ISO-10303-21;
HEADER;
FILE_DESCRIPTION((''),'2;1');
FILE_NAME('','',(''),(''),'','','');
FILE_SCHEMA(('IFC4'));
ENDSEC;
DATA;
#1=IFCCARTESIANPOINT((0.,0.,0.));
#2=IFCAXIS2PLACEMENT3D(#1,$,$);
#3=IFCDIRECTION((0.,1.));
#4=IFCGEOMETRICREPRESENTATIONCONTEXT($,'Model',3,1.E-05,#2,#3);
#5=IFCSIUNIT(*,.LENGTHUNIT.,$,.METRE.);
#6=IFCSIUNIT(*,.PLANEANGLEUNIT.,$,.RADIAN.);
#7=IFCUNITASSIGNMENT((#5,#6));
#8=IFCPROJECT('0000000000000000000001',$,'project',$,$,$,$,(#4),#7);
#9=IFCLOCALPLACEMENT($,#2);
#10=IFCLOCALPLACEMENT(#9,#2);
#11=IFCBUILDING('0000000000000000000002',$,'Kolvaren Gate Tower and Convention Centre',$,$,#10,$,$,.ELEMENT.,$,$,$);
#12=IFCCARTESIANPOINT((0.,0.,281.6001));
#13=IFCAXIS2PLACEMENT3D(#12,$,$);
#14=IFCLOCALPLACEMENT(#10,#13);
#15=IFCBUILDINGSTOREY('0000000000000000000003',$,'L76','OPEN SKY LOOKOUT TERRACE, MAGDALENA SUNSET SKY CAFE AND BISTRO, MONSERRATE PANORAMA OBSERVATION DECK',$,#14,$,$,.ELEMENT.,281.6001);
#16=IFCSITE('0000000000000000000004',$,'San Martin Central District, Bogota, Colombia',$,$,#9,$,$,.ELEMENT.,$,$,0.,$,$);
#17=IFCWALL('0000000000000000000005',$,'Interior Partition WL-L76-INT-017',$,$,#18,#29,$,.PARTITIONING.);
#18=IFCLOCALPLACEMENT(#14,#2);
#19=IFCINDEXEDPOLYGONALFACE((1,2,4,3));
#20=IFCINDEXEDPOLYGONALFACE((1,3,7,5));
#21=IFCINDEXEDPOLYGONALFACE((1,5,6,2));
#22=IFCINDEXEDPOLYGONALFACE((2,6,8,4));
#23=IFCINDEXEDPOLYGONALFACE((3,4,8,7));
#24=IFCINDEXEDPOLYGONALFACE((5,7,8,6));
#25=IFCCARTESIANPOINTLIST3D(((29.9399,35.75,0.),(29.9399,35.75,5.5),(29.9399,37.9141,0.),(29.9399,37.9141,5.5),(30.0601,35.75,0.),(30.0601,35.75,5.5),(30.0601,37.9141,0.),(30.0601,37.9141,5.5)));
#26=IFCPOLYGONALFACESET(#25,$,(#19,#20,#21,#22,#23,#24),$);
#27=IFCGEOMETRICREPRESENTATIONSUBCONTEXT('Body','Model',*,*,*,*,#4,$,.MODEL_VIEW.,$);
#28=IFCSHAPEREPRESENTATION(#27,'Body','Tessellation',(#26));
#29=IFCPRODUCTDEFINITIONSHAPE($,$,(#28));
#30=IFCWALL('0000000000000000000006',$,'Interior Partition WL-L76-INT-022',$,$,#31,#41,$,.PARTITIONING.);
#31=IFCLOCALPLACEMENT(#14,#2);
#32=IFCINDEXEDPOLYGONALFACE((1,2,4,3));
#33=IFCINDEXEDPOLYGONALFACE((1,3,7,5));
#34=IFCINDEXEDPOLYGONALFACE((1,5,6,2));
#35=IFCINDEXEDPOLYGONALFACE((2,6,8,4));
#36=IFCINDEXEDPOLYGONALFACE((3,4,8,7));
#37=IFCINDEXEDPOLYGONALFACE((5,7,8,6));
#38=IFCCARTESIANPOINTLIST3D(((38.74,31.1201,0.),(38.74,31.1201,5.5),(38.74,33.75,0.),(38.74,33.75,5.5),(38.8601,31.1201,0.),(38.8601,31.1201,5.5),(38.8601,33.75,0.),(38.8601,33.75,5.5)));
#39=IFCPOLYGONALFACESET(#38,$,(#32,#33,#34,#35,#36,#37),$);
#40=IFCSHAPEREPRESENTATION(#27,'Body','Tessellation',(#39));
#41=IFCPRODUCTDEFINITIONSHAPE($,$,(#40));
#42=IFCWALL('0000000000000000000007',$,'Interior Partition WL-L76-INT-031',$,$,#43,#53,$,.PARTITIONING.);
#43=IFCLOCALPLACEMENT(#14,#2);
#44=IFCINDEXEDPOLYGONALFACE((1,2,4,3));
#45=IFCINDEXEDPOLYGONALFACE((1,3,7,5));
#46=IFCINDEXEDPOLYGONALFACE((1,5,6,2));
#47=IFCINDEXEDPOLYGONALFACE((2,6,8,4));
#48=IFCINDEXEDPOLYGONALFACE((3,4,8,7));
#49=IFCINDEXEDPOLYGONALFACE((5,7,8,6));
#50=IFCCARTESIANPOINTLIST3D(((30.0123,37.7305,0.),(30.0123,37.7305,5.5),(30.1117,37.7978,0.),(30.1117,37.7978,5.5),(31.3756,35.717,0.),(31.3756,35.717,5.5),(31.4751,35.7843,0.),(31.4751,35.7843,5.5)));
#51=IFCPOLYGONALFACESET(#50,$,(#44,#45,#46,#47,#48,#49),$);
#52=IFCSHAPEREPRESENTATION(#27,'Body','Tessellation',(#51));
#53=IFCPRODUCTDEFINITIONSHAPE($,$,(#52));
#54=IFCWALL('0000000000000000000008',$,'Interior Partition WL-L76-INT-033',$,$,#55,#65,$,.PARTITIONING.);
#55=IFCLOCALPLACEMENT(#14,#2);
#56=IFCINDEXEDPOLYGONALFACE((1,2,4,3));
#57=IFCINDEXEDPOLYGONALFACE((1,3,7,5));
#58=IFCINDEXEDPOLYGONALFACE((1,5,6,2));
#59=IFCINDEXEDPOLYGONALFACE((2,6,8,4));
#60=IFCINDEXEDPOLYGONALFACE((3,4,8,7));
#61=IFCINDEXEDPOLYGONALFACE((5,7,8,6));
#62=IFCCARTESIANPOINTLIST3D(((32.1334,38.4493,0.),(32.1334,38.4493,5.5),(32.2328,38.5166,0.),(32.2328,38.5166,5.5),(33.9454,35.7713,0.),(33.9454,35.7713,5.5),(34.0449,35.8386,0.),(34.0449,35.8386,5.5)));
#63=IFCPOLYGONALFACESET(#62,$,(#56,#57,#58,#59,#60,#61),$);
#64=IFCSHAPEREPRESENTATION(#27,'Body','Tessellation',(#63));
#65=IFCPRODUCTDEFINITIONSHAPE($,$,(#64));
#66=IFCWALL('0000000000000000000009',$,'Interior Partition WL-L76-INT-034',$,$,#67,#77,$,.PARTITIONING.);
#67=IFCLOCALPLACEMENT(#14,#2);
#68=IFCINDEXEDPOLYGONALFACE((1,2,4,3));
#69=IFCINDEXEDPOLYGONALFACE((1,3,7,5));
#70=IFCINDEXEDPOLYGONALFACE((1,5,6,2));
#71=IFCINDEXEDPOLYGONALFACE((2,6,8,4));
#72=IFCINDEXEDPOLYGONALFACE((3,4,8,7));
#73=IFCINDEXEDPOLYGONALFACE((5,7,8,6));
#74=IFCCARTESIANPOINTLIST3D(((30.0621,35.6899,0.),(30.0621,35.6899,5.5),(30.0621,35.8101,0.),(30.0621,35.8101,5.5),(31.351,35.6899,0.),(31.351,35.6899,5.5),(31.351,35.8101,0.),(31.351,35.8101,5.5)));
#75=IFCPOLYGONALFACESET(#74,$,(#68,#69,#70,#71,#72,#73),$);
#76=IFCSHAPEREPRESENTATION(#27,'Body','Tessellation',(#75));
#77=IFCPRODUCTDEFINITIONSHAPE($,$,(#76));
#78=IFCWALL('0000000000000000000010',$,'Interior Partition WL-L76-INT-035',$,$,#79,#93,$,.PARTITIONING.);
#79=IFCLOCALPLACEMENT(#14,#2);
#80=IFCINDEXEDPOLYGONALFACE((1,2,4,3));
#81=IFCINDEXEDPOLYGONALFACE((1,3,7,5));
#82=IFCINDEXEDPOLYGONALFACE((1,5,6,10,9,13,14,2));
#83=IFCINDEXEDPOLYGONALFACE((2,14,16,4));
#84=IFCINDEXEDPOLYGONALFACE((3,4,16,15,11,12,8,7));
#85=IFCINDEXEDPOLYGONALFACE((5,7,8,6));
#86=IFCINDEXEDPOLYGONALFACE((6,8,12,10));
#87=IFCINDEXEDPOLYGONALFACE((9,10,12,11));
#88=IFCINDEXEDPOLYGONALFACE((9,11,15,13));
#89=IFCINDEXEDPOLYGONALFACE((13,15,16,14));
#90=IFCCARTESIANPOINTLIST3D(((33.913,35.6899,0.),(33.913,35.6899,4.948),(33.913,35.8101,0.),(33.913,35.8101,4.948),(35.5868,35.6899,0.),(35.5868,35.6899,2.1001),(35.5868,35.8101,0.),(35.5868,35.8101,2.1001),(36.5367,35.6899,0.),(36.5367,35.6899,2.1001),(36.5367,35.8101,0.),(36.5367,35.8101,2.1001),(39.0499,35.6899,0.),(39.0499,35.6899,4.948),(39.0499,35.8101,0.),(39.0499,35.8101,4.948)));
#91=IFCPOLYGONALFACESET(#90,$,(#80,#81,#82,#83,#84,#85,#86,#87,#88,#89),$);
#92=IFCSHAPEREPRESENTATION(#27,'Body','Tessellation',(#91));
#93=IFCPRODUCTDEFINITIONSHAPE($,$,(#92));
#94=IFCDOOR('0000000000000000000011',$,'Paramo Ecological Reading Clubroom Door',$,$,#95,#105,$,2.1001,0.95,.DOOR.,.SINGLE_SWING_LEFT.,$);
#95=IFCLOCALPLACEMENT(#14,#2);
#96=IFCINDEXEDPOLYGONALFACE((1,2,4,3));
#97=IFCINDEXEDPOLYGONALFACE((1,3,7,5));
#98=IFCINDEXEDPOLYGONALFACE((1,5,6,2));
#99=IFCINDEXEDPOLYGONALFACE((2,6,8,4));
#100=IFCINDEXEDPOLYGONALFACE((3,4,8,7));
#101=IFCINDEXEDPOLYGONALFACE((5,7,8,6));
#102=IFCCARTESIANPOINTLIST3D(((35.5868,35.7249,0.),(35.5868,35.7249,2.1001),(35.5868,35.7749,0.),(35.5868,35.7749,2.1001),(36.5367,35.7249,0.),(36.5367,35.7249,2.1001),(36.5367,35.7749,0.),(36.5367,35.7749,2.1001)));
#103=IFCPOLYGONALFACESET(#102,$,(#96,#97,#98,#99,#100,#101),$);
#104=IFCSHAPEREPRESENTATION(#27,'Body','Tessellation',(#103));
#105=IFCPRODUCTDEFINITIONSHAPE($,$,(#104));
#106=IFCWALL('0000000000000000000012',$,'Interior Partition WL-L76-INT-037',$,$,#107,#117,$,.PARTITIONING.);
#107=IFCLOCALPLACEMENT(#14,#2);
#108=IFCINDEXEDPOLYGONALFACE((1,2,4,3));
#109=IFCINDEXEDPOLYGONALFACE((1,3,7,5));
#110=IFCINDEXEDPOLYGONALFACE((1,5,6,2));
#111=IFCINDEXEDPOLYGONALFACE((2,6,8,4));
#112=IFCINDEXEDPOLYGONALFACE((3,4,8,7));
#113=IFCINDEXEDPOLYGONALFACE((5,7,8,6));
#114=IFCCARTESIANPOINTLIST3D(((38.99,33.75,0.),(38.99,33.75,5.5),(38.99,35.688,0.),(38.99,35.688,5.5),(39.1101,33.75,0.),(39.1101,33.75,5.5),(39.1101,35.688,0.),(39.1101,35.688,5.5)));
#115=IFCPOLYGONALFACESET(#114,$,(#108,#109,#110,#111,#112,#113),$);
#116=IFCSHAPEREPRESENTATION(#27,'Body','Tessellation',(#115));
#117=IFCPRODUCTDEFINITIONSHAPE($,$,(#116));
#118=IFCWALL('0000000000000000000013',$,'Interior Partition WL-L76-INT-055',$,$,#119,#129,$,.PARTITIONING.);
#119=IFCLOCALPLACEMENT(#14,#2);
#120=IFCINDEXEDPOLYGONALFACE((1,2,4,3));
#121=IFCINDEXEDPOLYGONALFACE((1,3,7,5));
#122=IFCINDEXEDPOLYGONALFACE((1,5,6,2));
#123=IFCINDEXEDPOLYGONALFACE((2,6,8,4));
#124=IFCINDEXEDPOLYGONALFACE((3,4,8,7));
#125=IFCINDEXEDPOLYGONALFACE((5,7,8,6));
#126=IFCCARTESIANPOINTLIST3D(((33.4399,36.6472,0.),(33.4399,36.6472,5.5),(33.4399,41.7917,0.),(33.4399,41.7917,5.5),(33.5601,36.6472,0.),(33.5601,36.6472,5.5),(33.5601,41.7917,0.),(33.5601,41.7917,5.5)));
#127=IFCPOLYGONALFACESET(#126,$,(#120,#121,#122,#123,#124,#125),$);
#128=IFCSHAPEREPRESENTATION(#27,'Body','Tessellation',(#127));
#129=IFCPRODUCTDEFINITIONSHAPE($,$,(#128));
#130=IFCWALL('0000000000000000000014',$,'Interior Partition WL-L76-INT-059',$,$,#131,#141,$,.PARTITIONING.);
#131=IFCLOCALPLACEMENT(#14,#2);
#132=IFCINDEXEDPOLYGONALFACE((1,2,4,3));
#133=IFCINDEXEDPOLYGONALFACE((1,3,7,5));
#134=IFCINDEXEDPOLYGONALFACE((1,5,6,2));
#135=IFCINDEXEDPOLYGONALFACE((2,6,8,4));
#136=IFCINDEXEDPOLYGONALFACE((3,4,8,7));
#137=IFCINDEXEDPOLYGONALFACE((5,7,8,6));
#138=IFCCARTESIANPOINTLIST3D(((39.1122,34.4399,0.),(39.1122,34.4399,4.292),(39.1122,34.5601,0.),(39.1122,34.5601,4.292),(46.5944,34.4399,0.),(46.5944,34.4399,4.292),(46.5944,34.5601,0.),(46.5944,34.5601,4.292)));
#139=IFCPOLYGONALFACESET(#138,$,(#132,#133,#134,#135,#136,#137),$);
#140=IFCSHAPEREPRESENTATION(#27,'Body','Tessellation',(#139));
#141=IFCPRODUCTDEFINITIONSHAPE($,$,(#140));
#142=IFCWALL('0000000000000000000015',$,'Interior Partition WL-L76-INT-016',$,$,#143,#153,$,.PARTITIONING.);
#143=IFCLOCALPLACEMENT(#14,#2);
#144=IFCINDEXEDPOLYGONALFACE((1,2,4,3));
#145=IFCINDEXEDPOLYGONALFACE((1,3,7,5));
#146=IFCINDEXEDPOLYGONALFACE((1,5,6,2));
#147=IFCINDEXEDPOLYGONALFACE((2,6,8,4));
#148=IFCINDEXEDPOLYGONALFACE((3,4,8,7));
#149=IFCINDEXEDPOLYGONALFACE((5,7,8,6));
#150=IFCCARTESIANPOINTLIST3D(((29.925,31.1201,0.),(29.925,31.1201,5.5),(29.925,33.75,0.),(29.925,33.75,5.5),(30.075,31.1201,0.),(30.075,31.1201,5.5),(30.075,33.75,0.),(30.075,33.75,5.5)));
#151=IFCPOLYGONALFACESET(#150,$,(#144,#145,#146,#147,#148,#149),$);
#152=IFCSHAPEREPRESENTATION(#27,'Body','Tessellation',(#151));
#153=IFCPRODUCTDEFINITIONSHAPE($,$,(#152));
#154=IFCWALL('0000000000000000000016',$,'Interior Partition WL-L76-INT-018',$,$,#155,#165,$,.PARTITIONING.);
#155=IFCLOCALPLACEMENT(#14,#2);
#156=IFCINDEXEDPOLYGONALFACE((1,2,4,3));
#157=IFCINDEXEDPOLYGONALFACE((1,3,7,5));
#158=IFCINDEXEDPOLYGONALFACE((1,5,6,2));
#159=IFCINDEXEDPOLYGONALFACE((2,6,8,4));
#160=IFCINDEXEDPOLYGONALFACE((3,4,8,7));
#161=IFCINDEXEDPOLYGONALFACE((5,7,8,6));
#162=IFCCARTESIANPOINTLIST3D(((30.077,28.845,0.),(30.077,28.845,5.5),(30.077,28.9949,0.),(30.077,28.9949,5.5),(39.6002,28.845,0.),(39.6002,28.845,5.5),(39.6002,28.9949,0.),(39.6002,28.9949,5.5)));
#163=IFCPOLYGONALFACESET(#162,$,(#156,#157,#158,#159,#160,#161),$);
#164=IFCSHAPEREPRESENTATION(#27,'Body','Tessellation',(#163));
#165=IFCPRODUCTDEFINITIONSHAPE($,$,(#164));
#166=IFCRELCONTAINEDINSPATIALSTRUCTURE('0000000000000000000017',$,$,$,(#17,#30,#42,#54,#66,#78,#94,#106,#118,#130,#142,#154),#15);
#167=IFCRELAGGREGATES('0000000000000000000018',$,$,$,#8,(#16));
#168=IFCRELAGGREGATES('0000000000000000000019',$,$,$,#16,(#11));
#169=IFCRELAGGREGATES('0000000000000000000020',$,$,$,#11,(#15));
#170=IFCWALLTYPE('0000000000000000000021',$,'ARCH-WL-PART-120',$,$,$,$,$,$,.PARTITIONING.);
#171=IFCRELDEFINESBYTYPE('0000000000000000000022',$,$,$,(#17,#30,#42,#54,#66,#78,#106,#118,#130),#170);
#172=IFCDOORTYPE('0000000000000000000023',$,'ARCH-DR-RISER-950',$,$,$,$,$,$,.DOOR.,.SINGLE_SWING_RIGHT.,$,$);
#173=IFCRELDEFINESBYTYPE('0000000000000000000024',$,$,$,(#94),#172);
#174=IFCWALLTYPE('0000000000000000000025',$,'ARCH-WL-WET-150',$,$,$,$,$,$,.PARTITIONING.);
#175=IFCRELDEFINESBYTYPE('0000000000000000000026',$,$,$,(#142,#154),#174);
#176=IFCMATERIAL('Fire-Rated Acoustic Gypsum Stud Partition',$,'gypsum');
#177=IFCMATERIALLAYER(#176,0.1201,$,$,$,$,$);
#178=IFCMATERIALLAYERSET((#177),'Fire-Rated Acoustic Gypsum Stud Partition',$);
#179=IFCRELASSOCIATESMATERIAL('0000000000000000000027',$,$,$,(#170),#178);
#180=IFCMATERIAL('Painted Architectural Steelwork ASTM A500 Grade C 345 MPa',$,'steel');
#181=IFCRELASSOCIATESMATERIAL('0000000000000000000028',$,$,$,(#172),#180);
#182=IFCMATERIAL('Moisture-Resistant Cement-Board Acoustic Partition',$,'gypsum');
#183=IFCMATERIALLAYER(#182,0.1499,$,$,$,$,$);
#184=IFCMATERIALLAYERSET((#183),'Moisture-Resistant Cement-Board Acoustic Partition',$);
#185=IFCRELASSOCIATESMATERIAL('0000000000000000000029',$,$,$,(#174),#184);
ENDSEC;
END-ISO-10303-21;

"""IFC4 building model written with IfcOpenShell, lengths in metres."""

from ifc_helpers import new_model, si_unit, direction, frame, frame_2d, origin, place, context, subcontext, project, spatial, rectangle, extrude, material, layer, layer_set, type_object, element, fill, save


model = new_model("IFC4")

# Units and contexts
model_context = context("Model", 3, precision=1e-05, world=origin(), true_north=direction((0.0, 1.0)))
body_context = subcontext(model_context, "Body", "Model", "MODEL_VIEW")
ifc_project = project(units=[si_unit("LENGTHUNIT", "METRE"), si_unit("PLANEANGLEUNIT", "RADIAN")], contexts=[model_context])

# Site, building, storey
site_placement = place(None, origin())
site = spatial("IfcSite", under=ifc_project, at=site_placement, Name="San Martin Central District, Bogota, Colombia", CompositionType="ELEMENT", RefElevation=0.0)
building_placement = place(site_placement, origin())
building = spatial("IfcBuilding", under=site, at=building_placement, Name="Kolvaren Gate Tower and Convention Centre", CompositionType="ELEMENT")
storey_placement = place(building_placement, frame((0.0, 0.0, 281.6001)))
storey = spatial("IfcBuildingStorey", under=building, at=storey_placement, Name="L76", Description="OPEN SKY LOOKOUT TERRACE, MAGDALENA SUNSET SKY CAFE AND BISTRO, MONSERRATE PANORAMA OBSERVATION DECK", CompositionType="ELEMENT", Elevation=281.6001)

# Walls
ifc_material_1 = material(Name="Fire-Rated Acoustic Gypsum Stud Partition", Category="gypsum")
ifc_layer_1 = layer(ifc_material_1, 0.1201)
ifc_layer_set_1 = layer_set([ifc_layer_1], Name="Fire-Rated Acoustic Gypsum Stud Partition")
wall_type_1 = type_object("IfcWallType", Name="ARCH-WL-PART-120", PredefinedType="PARTITIONING", material=ifc_layer_set_1)
wall_1_placement = place(storey_placement, frame((30.0, 35.75, 0.0), z_axis=(0.0, 0.0, 1.0), x_axis=(0.0, 1.0, 0.0)))
element("IfcWall", 1, at=wall_1_placement, inside=storey, type_object=wall_type_1, Name="Interior Partition WL-L76-INT-017", PredefinedType="PARTITIONING", context=body_context, shape_type="SweptSolid", body=[
    extrude(rectangle(XDim=2.1641, YDim=0.1201, at=frame_2d((1.082, 0.0))), origin(), (0.0, 0.0, 1.0), 5.5),
])
wall_2_placement = place(storey_placement, frame((38.8, 31.1201, 0.0), z_axis=(0.0, 0.0, 1.0), x_axis=(0.0, 1.0, 0.0)))
element("IfcWall", 2, at=wall_2_placement, inside=storey, type_object=wall_type_1, Name="Interior Partition WL-L76-INT-022", PredefinedType="PARTITIONING", context=body_context, shape_type="SweptSolid", body=[
    extrude(rectangle(XDim=2.6299, YDim=0.1201, at=frame_2d((1.3149, 0.0))), origin(), (0.0, 0.0, 1.0), 5.5),
])
wall_3_placement = place(storey_placement, frame((30.062, 37.7642, 0.0), z_axis=(0.0, 0.0, 1.0), x_axis=(0.560664, -0.828043, 0.0)))
element("IfcWall", 3, at=wall_3_placement, inside=storey, type_object=wall_type_1, Name="Interior Partition WL-L76-INT-031", PredefinedType="PARTITIONING", context=body_context, shape_type="SweptSolid", body=[
    extrude(rectangle(XDim=2.4316, YDim=0.1201, at=frame_2d((1.2158, 0.0))), origin(), (0.0, 0.0, 1.0), 5.5),
])
wall_4_placement = place(storey_placement, frame((32.1831, 38.4829, 0.0), z_axis=(0.0, 0.0, 1.0), x_axis=(0.560402, -0.828221, 0.0)))
element("IfcWall", 4, at=wall_4_placement, inside=storey, type_object=wall_type_1, Name="Interior Partition WL-L76-INT-033", PredefinedType="PARTITIONING", context=body_context, shape_type="SweptSolid", body=[
    extrude(rectangle(XDim=3.2334, YDim=0.1201, at=frame_2d((1.6167, 0.0))), origin(), (0.0, 0.0, 1.0), 5.5),
])
wall_5_placement = place(storey_placement, frame((30.062, 35.75, 0.0), z_axis=(0.0, 0.0, 1.0), x_axis=(1.0, 0.0, 0.0)))
element("IfcWall", 5, at=wall_5_placement, inside=storey, type_object=wall_type_1, Name="Interior Partition WL-L76-INT-034", PredefinedType="PARTITIONING", context=body_context, shape_type="SweptSolid", body=[
    extrude(rectangle(XDim=1.2888, YDim=0.1201, at=frame_2d((0.6445, 0.0))), origin(), (0.0, 0.0, 1.0), 5.5),
])

# Wall, opening, door
wall_6_placement = place(storey_placement, frame((33.9131, 35.75, 0.0), z_axis=(0.0, 0.0, 1.0), x_axis=(1.0, 0.0, 0.0)))
wall_6 = element("IfcWall", 6, at=wall_6_placement, inside=storey, type_object=wall_type_1, Name="Interior Partition WL-L76-INT-035", PredefinedType="PARTITIONING", context=body_context, shape_type="SweptSolid", body=[
    extrude(rectangle(XDim=5.137, YDim=0.1201, at=frame_2d((2.5684, 0.0))), origin(), (0.0, 0.0, 1.0), 4.948),
])
opening_1_placement = place(wall_6_placement, frame((1.6736, 0.0, 0.0)))
opening_1 = element("IfcOpeningElement", 7, at=opening_1_placement, cuts=wall_6, PredefinedType="OPENING", context=body_context, shape_type="SweptSolid", body=[
    extrude(rectangle(XDim=0.95, YDim=2.1001, at=frame_2d((0.4751, 1.05))), frame((0.0, 0.0701, 0.0), z_axis=(0.0, -1.0, 0.0), x_axis=(1.0, 0.0, 0.0)), (0.0, 0.0, 1.0), 0.1401),
])
ifc_material_2 = material(Name="Painted Architectural Steelwork ASTM A500 Grade C 345 MPa", Category="steel")
door_type = type_object("IfcDoorType", Name="ARCH-DR-RISER-950", OperationType="SINGLE_SWING_RIGHT", PredefinedType="DOOR", material=ifc_material_2)
door_1_placement = place(opening_1_placement, origin())
door_1 = element("IfcDoor", 8, at=door_1_placement, inside=storey, type_object=door_type, Name="Paramo Ecological Reading Clubroom Door", OperationType="SINGLE_SWING_LEFT", OverallHeight=2.1001, OverallWidth=0.95, PredefinedType="DOOR", context=body_context, shape_type="SweptSolid", body=[
    extrude(rectangle(XDim=0.95, YDim=2.1001, at=frame_2d((0.4751, 1.05))), frame((0.0, 0.0249, 0.0), z_axis=(0.0, -1.0, 0.0), x_axis=(1.0, 0.0, 0.0)), (0.0, 0.0, 1.0), 0.05),
])
fill(opening_1, door_1)

# Walls
wall_7_placement = place(storey_placement, frame((39.05, 33.75, 0.0), z_axis=(0.0, 0.0, 1.0), x_axis=(0.0, 1.0, 0.0)))
element("IfcWall", 9, at=wall_7_placement, inside=storey, type_object=wall_type_1, Name="Interior Partition WL-L76-INT-037", PredefinedType="PARTITIONING", context=body_context, shape_type="SweptSolid", body=[
    extrude(rectangle(XDim=1.938, YDim=0.1201, at=frame_2d((0.969, 0.0))), origin(), (0.0, 0.0, 1.0), 5.5),
])
wall_8_placement = place(storey_placement, frame((33.5, 36.6472, 0.0), z_axis=(0.0, 0.0, 1.0), x_axis=(0.0, 1.0, 0.0)))
element("IfcWall", 10, at=wall_8_placement, inside=storey, type_object=wall_type_1, Name="Interior Partition WL-L76-INT-055", PredefinedType="PARTITIONING", context=body_context, shape_type="SweptSolid", body=[
    extrude(rectangle(XDim=5.1445, YDim=0.1201, at=frame_2d((2.5723, 0.0))), origin(), (0.0, 0.0, 1.0), 5.5),
])
wall_9_placement = place(storey_placement, frame((39.1121, 34.5, 0.0), z_axis=(0.0, 0.0, 1.0), x_axis=(1.0, 0.0, 0.0)))
element("IfcWall", 11, at=wall_9_placement, inside=storey, type_object=wall_type_1, Name="Interior Partition WL-L76-INT-059", PredefinedType="PARTITIONING", context=body_context, shape_type="SweptSolid", body=[
    extrude(rectangle(XDim=7.4822, YDim=0.1201, at=frame_2d((3.7412, 0.0))), origin(), (0.0, 0.0, 1.0), 4.292),
])
ifc_material_3 = material(Name="Moisture-Resistant Cement-Board Acoustic Partition", Category="gypsum")
ifc_layer_2 = layer(ifc_material_3, 0.1499)
ifc_layer_set_2 = layer_set([ifc_layer_2], Name="Moisture-Resistant Cement-Board Acoustic Partition")
wall_type_2 = type_object("IfcWallType", Name="ARCH-WL-WET-150", PredefinedType="PARTITIONING", material=ifc_layer_set_2)
wall_10_placement = place(storey_placement, frame((30.0, 31.1201, 0.0), z_axis=(0.0, 0.0, 1.0), x_axis=(0.0, 1.0, 0.0)))
element("IfcWall", 12, at=wall_10_placement, inside=storey, type_object=wall_type_2, Name="Interior Partition WL-L76-INT-016", PredefinedType="PARTITIONING", context=body_context, shape_type="SweptSolid", body=[
    extrude(rectangle(XDim=2.6299, YDim=0.1499, at=frame_2d((1.3149, 0.0))), origin(), (0.0, 0.0, 1.0), 5.5),
])
wall_11_placement = place(storey_placement, frame((30.0769, 28.9199, 0.0), z_axis=(0.0, 0.0, 1.0), x_axis=(1.0, 0.0, 0.0)))
element("IfcWall", 13, at=wall_11_placement, inside=storey, type_object=wall_type_2, Name="Interior Partition WL-L76-INT-018", PredefinedType="PARTITIONING", context=body_context, shape_type="SweptSolid", body=[
    extrude(rectangle(XDim=9.5232, YDim=0.1499, at=frame_2d((4.7617, 0.0))), origin(), (0.0, 0.0, 1.0), 5.5),
])

save(model, "model.ifc")
